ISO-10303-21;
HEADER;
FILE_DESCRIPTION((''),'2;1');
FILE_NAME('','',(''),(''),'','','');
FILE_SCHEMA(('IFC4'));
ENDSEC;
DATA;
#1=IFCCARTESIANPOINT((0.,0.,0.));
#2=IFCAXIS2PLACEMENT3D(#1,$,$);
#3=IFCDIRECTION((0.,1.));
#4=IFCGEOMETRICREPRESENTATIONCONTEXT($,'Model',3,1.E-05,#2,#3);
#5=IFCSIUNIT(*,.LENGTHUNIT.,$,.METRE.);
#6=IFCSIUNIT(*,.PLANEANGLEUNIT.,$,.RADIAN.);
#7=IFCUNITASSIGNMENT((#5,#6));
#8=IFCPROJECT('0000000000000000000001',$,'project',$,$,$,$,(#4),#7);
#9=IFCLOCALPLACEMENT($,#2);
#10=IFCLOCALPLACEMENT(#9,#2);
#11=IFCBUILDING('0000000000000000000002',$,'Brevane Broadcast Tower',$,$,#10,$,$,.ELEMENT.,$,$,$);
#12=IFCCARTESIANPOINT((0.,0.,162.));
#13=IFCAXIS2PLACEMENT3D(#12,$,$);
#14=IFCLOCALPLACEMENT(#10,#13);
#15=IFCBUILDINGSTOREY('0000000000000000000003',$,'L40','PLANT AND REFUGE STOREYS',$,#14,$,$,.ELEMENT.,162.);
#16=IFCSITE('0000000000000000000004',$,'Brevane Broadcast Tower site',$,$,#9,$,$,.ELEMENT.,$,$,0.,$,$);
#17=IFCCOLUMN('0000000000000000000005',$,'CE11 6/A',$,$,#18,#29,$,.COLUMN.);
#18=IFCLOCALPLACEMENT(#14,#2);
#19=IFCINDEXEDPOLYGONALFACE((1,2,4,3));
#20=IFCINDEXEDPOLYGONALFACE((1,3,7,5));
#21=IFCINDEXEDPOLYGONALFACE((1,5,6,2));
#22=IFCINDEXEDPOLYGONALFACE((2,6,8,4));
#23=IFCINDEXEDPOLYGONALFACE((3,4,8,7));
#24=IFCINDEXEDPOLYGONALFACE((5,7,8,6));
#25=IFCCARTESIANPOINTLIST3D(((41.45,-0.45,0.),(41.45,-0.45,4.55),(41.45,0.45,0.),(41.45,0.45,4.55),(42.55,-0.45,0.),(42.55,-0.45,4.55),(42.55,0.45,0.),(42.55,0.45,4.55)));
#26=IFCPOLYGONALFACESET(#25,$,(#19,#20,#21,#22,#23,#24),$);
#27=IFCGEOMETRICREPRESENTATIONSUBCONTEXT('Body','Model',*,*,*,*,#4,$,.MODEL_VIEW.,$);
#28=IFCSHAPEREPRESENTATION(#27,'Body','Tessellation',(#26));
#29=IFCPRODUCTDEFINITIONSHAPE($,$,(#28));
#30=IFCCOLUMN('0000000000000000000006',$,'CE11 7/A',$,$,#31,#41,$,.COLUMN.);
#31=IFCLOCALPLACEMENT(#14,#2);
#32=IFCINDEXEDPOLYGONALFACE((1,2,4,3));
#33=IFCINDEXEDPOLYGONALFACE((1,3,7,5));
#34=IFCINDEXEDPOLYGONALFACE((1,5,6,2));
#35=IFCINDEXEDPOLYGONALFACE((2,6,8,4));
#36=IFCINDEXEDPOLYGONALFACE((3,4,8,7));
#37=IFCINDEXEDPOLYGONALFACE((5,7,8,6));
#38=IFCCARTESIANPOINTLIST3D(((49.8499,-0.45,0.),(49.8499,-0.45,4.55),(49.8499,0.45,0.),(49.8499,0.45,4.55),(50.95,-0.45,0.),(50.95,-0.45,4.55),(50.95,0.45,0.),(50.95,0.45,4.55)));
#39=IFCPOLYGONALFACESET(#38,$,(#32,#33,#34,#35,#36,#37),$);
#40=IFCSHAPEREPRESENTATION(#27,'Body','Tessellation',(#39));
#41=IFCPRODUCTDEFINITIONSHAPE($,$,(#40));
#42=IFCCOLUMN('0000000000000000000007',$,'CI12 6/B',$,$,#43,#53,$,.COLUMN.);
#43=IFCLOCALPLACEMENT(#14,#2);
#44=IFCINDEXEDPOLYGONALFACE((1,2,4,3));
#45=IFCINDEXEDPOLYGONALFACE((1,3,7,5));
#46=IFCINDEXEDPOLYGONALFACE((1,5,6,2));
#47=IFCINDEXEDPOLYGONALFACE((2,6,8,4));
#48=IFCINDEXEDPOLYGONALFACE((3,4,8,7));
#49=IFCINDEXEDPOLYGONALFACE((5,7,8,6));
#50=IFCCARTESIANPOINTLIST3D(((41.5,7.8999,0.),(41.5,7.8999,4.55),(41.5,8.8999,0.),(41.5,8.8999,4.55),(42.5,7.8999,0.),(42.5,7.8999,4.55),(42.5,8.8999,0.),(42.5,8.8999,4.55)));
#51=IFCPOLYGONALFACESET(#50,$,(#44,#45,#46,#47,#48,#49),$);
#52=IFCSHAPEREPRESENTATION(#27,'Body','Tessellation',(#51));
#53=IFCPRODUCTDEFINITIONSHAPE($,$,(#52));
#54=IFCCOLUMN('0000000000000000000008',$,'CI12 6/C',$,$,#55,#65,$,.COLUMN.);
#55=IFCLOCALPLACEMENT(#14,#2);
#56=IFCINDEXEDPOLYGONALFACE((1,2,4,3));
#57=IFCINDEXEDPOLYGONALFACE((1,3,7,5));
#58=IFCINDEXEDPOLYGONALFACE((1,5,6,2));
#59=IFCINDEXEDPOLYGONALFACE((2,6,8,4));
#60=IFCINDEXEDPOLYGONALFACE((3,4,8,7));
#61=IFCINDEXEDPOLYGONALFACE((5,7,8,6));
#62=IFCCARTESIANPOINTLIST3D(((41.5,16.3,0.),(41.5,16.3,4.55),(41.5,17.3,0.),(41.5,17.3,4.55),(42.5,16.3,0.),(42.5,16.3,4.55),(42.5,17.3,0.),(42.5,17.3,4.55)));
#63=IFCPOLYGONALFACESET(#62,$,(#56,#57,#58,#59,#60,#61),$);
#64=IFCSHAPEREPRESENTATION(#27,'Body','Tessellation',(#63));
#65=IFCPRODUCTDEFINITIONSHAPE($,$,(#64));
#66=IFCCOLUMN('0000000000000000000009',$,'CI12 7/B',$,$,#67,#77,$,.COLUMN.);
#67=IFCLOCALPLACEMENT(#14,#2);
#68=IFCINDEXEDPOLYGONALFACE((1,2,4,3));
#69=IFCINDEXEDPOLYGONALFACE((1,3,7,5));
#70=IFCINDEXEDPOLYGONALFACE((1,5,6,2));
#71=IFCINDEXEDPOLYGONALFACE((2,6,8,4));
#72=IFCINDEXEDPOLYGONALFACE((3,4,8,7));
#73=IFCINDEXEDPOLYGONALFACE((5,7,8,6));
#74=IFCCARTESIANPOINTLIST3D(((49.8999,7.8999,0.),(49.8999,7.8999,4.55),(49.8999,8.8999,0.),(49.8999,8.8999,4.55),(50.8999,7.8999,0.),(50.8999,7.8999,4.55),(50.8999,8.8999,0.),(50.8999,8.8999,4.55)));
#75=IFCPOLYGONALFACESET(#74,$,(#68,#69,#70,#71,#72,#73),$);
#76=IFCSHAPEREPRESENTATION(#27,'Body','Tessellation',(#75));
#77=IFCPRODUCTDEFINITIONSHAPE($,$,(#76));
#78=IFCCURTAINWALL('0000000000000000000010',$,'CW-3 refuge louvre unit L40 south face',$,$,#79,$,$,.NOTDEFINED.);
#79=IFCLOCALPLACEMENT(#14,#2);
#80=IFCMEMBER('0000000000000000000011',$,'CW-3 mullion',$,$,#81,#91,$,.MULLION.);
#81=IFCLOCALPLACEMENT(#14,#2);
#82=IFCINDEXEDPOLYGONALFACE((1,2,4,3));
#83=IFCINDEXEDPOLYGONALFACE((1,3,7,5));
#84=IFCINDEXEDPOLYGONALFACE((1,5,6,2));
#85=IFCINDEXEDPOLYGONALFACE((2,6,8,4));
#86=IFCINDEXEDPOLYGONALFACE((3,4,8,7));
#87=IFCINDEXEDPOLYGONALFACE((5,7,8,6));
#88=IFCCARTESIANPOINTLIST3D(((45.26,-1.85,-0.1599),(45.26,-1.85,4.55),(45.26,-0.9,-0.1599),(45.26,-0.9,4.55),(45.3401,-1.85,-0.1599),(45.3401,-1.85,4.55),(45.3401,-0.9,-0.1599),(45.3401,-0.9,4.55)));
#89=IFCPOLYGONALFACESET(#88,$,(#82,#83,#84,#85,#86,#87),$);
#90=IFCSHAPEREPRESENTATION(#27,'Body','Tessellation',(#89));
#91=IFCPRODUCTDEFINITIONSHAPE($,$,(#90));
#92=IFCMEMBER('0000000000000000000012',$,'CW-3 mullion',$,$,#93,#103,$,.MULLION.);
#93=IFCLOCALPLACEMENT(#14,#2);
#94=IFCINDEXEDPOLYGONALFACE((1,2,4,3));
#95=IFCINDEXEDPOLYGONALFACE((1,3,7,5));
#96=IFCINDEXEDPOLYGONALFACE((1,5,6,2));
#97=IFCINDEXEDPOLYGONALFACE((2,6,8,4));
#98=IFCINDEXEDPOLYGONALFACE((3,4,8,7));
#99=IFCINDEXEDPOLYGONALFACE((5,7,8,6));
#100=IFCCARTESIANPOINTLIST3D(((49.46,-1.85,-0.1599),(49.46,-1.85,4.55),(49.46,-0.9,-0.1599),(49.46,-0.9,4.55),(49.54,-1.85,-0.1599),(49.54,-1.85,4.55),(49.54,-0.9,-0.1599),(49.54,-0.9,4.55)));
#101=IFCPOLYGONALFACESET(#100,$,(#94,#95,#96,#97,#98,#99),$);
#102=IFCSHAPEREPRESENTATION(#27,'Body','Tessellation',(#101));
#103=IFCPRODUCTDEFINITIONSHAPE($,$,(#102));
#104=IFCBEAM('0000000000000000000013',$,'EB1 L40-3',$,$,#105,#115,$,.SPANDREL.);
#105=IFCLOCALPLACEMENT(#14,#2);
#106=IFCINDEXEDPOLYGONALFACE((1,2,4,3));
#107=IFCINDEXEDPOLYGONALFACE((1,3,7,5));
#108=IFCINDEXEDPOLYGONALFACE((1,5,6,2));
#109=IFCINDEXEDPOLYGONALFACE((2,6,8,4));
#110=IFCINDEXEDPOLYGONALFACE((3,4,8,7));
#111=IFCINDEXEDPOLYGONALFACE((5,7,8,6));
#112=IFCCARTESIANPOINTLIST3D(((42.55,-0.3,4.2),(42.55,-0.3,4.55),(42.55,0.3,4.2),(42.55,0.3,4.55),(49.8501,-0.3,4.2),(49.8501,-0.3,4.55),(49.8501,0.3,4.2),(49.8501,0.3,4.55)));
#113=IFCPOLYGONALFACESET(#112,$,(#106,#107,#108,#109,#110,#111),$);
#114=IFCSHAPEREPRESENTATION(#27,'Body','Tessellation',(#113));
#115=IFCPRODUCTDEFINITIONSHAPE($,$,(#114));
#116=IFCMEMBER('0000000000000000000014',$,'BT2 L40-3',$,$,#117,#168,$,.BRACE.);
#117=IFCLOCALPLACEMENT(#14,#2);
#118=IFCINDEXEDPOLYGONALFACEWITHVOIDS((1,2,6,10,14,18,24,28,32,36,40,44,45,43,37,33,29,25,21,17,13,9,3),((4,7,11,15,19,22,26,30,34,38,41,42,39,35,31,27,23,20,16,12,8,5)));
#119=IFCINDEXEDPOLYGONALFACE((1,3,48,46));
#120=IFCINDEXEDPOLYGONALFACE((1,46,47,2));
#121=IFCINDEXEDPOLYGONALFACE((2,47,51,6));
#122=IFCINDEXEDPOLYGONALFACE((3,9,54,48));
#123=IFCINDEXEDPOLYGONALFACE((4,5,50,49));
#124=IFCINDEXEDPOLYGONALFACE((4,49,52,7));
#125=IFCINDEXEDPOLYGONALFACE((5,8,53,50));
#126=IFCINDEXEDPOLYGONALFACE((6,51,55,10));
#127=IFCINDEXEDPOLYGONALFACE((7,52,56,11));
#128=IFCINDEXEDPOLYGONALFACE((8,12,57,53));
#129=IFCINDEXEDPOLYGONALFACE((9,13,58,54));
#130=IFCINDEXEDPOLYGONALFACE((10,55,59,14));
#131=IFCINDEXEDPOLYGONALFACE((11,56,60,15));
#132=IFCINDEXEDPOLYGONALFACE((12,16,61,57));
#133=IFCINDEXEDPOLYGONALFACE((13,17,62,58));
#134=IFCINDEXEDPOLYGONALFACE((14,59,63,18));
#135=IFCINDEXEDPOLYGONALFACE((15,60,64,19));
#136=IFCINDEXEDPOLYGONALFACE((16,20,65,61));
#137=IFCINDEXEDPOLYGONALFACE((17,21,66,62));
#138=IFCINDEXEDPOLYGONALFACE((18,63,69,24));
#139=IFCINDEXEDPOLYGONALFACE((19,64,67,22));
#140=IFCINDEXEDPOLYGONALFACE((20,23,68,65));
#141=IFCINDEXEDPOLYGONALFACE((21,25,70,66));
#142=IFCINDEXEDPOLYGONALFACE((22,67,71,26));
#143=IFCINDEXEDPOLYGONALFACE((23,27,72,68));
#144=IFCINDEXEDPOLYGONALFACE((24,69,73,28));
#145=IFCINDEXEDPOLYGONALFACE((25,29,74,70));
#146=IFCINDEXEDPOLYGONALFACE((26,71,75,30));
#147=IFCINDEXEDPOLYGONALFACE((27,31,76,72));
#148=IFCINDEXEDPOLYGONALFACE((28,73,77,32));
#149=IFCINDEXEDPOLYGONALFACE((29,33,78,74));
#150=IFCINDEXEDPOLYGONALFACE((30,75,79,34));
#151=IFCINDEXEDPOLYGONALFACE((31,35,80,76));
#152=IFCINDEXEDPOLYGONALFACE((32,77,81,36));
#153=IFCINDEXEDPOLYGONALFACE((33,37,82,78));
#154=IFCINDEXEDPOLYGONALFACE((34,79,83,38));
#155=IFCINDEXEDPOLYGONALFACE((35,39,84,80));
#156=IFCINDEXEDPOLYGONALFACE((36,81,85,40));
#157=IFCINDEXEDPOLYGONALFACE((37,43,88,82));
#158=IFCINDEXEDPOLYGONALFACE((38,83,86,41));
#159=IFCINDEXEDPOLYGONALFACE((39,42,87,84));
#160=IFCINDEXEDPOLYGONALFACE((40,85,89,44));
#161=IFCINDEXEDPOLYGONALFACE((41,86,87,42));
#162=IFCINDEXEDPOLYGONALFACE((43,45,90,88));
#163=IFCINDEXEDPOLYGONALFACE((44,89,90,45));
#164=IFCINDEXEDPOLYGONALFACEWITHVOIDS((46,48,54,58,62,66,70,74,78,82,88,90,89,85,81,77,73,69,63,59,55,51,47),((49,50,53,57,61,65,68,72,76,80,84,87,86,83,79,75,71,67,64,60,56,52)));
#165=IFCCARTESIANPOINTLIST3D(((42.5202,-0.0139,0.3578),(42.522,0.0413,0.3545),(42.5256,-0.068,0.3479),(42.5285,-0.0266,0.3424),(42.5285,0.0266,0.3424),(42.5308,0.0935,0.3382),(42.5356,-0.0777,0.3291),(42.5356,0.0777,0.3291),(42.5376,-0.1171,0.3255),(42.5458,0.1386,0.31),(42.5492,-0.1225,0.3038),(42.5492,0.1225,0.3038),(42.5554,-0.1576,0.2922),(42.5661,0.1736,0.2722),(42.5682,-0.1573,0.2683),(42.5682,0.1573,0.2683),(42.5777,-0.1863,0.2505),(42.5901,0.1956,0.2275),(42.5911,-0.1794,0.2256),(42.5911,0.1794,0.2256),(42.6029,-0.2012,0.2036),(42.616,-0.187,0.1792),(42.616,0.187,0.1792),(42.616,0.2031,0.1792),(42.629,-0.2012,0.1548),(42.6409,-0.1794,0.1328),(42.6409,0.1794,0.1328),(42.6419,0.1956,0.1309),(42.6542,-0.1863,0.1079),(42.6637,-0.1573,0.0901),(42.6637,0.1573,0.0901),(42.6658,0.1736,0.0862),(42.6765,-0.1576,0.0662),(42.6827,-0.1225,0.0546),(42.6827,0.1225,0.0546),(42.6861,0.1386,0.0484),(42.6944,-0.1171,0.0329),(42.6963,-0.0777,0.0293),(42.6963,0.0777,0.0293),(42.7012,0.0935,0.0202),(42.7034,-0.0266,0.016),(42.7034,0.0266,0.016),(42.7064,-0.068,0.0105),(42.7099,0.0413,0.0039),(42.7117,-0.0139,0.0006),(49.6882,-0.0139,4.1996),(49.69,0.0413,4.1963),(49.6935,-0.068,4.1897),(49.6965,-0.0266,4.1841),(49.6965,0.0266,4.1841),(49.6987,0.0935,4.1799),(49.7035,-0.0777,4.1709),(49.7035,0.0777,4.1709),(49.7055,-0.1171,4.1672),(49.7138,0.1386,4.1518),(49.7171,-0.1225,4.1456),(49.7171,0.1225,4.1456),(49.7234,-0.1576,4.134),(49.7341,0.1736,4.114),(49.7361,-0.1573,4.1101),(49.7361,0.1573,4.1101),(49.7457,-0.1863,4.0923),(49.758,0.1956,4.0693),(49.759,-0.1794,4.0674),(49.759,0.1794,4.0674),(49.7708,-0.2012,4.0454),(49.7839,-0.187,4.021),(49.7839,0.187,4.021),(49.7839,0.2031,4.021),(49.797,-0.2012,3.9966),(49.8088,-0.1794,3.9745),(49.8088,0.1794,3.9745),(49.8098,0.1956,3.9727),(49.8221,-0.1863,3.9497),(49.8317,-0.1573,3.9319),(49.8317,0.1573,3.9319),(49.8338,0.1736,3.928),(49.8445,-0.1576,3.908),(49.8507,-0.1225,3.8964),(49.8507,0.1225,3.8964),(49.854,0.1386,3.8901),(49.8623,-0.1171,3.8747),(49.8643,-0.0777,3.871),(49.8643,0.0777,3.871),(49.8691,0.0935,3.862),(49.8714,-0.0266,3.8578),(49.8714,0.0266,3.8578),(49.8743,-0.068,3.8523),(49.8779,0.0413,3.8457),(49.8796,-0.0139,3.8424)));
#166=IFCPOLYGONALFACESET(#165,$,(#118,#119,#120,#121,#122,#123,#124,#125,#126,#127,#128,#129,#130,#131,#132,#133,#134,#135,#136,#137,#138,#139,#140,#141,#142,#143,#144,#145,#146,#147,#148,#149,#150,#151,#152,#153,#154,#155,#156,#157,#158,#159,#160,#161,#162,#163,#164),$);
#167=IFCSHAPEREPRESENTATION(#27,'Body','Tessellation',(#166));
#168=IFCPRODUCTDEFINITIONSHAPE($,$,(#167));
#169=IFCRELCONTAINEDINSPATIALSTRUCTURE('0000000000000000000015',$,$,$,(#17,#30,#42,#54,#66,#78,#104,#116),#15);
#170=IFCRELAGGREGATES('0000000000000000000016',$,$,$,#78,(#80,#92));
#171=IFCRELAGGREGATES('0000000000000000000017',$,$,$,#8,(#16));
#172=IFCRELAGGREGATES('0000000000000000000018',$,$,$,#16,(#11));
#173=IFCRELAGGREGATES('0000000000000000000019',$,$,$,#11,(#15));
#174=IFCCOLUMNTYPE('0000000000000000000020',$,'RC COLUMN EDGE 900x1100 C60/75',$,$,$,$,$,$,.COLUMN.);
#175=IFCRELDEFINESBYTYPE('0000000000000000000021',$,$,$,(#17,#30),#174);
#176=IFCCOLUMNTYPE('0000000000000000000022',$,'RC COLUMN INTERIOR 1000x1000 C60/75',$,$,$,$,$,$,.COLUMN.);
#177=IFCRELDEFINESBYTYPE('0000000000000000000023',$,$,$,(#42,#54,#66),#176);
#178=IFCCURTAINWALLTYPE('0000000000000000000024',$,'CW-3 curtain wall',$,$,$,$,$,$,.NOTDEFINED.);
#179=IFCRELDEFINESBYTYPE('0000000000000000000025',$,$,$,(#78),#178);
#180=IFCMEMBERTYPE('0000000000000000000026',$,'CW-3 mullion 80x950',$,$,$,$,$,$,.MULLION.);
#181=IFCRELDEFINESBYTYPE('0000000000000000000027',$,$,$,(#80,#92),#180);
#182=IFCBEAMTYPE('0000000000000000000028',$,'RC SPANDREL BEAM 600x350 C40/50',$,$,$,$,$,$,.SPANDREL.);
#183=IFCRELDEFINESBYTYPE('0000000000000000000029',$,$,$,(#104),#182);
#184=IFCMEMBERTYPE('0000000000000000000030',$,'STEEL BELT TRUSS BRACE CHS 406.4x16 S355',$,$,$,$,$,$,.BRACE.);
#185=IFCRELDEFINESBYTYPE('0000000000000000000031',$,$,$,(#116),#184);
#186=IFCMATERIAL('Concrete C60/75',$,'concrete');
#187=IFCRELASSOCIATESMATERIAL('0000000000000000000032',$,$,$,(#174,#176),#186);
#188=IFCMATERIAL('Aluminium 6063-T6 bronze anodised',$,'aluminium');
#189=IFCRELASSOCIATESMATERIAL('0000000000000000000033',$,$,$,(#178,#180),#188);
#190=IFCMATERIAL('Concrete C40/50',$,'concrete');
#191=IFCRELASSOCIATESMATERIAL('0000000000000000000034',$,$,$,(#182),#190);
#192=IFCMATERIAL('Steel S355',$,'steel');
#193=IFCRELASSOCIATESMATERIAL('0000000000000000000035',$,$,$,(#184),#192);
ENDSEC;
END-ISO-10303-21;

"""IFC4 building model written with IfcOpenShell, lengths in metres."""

from ifc_helpers import new_model, si_unit, direction, frame, origin, origin_2d, place, context, subcontext, project, spatial, rectangle, hollow_circle, extrude, material, material_profile, profile_set, type_object, element, aggregate, save


model = new_model("IFC4")

# Units and contexts
model_context = context("Model", 3, precision=1e-05, world=origin(), true_north=direction((0.0, 1.0)))
body_context = subcontext(model_context, "Body", "Model", "MODEL_VIEW")
ifc_project = project(units=[si_unit("LENGTHUNIT", "METRE"), si_unit("PLANEANGLEUNIT", "RADIAN")], contexts=[model_context])

# Site, building, storey
site_placement = place(None, origin())
site = spatial("IfcSite", under=ifc_project, at=site_placement, Name="Brevane Broadcast Tower site", CompositionType="ELEMENT", RefElevation=0.0)
building_placement = place(site_placement, origin())
building = spatial("IfcBuilding", under=site, at=building_placement, Name="Brevane Broadcast Tower", CompositionType="ELEMENT")
storey_placement = place(building_placement, frame((0.0, 0.0, 162.0)))
storey = spatial("IfcBuildingStorey", under=building, at=storey_placement, Name="L40", Description="PLANT AND REFUGE STOREYS", CompositionType="ELEMENT", Elevation=162.0)

# Columns
ifc_material_1 = material(Name="Concrete C60/75", Category="concrete")
ifc_material_profile_1 = material_profile(ifc_material_1, rectangle(XDim=0.8999, YDim=1.1001, at=origin_2d()), Name="RC 900x1100")
ifc_profile_set_1 = profile_set([ifc_material_profile_1], Name="Concrete C60/75")
column_type_1 = type_object("IfcColumnType", Name="RC COLUMN EDGE 900x1100 C60/75", PredefinedType="COLUMN", material=ifc_profile_set_1)
for number, where, z_axis, x_axis, name in (
    (1, (42.0, 0.0, 0.0), (0.0, 0.0, 1.0), (0.0, 1.0, 0.0), "CE11 6/A"),
    (2, (50.3999, 0.0, 0.0), (0.0, 0.0, 1.0), (0.0, 1.0, 0.0), "CE11 7/A"),
):
    element("IfcColumn", number, at=place(storey_placement, frame(where, z_axis=z_axis, x_axis=x_axis)), inside=storey, type_object=column_type_1, Name=name, PredefinedType="COLUMN", context=body_context, shape_type="SweptSolid", body=[
        extrude(rectangle(XDim=0.8999, YDim=1.1001, at=origin_2d()), origin(), (0.0, 0.0, 1.0), 4.55),
    ])
ifc_material_profile_2 = material_profile(ifc_material_1, rectangle(XDim=1.0, YDim=1.0, at=origin_2d()), Name="RC 1000x1000")
ifc_profile_set_2 = profile_set([ifc_material_profile_2], Name="Concrete C60/75")
column_type_2 = type_object("IfcColumnType", Name="RC COLUMN INTERIOR 1000x1000 C60/75", PredefinedType="COLUMN", material=ifc_profile_set_2)
for number, where, z_axis, x_axis, name in (
    (3, (42.0, 8.3999, 0.0), (0.0, 0.0, 1.0), (1.0, 0.0, 0.0), "CI12 6/B"),
    (4, (42.0, 16.8, 0.0), (0.0, 0.0, 1.0), (1.0, 0.0, 0.0), "CI12 6/C"),
    (5, (50.3999, 8.3999, 0.0), (0.0, 0.0, 1.0), (1.0, 0.0, 0.0), "CI12 7/B"),
):
    element("IfcColumn", number, at=place(storey_placement, frame(where, z_axis=z_axis, x_axis=x_axis)), inside=storey, type_object=column_type_2, Name=name, PredefinedType="COLUMN", context=body_context, shape_type="SweptSolid", body=[
        extrude(rectangle(XDim=1.0, YDim=1.0, at=origin_2d()), origin(), (0.0, 0.0, 1.0), 4.55),
    ])

# Curtain wall, members
ifc_material_2 = material(Name="Aluminium 6063-T6 bronze anodised", Category="aluminium")
curtain_wall_type = type_object("IfcCurtainWallType", Name="CW-3 curtain wall", PredefinedType="NOTDEFINED", material=ifc_material_2)
curtain_wall_placement = place(storey_placement, origin())
curtain_wall = element("IfcCurtainWall", 6, at=curtain_wall_placement, inside=storey, type_object=curtain_wall_type, Name="CW-3 refuge louvre unit L40 south face", PredefinedType="NOTDEFINED")
ifc_material_profile_3 = material_profile(ifc_material_2, rectangle(XDim=0.95, YDim=0.0801, at=origin_2d()), Name="RECT 80x950")
ifc_profile_set_3 = profile_set([ifc_material_profile_3], Name="Aluminium 6063-T6 bronze anodised")
member_type_1 = type_object("IfcMemberType", Name="CW-3 mullion 80x950", PredefinedType="MULLION", material=ifc_profile_set_3)
member_1_placement = place(storey_placement, frame((45.3, -1.375, -0.1599), z_axis=(0.0, 0.0, 1.0), x_axis=(0.0, 1.0, 0.0)))
member_1 = element("IfcMember", 7, at=member_1_placement, type_object=member_type_1, Name="CW-3 mullion", PredefinedType="MULLION", context=body_context, shape_type="SweptSolid", body=[
    extrude(rectangle(XDim=0.95, YDim=0.0801, at=origin_2d()), origin(), (0.0, 0.0, 1.0), 4.71),
])
member_2_placement = place(storey_placement, frame((49.5, -1.375, -0.1599), z_axis=(0.0, 0.0, 1.0), x_axis=(0.0, 1.0, 0.0)))
member_2 = element("IfcMember", 8, at=member_2_placement, type_object=member_type_1, Name="CW-3 mullion", PredefinedType="MULLION", context=body_context, shape_type="SweptSolid", body=[
    extrude(rectangle(XDim=0.95, YDim=0.0801, at=origin_2d()), origin(), (0.0, 0.0, 1.0), 4.71),
])
aggregate(curtain_wall, [member_1, member_2])

# Beam
ifc_material_3 = material(Name="Concrete C40/50", Category="concrete")
ifc_material_profile_4 = material_profile(ifc_material_3, rectangle(XDim=0.6001, YDim=0.3501, at=origin_2d()), Name="RC 600x350")
ifc_profile_set_4 = profile_set([ifc_material_profile_4], Name="Concrete C40/50")
beam_type = type_object("IfcBeamType", Name="RC SPANDREL BEAM 600x350 C40/50", PredefinedType="SPANDREL", material=ifc_profile_set_4)
beam_placement = place(storey_placement, frame((42.55, 0.0, 4.375), z_axis=(1.0, 0.0, 0.0), x_axis=(0.0, 1.0, 0.0)))
element("IfcBeam", 9, at=beam_placement, inside=storey, type_object=beam_type, Name="EB1 L40-3", PredefinedType="SPANDREL", context=body_context, shape_type="SweptSolid", body=[
    extrude(rectangle(XDim=0.6001, YDim=0.3501, at=origin_2d()), origin(), (0.0, 0.0, 1.0), 7.3),
])

# Member
ifc_material_4 = material(Name="Steel S355", Category="steel")
ifc_material_profile_5 = material_profile(ifc_material_4, hollow_circle(Radius=0.2031, WallThickness=0.0161, at=origin_2d()), Name="CHS 406.4x16")
ifc_profile_set_5 = profile_set([ifc_material_profile_5], Name="Steel S355")
member_type_2 = type_object("IfcMemberType", Name="STEEL BELT TRUSS BRACE CHS 406.4x16 S355", PredefinedType="BRACE", material=ifc_profile_set_5)
member_3_placement = place(storey_placement, frame((42.616, 0.0, 0.1792), z_axis=(0.881387, 0.0, 0.472395), x_axis=(0.0, 1.0, 0.0)))
element("IfcMember", 10, at=member_3_placement, inside=storey, type_object=member_type_2, Name="BT2 L40-3", PredefinedType="BRACE", context=body_context, shape_type="SweptSolid", body=[
    extrude(hollow_circle(Radius=0.2031, WallThickness=0.0161, at=origin_2d()), origin(), (0.0, 0.0, 1.0), 8.1326),
])

save(model, "model.ifc")
